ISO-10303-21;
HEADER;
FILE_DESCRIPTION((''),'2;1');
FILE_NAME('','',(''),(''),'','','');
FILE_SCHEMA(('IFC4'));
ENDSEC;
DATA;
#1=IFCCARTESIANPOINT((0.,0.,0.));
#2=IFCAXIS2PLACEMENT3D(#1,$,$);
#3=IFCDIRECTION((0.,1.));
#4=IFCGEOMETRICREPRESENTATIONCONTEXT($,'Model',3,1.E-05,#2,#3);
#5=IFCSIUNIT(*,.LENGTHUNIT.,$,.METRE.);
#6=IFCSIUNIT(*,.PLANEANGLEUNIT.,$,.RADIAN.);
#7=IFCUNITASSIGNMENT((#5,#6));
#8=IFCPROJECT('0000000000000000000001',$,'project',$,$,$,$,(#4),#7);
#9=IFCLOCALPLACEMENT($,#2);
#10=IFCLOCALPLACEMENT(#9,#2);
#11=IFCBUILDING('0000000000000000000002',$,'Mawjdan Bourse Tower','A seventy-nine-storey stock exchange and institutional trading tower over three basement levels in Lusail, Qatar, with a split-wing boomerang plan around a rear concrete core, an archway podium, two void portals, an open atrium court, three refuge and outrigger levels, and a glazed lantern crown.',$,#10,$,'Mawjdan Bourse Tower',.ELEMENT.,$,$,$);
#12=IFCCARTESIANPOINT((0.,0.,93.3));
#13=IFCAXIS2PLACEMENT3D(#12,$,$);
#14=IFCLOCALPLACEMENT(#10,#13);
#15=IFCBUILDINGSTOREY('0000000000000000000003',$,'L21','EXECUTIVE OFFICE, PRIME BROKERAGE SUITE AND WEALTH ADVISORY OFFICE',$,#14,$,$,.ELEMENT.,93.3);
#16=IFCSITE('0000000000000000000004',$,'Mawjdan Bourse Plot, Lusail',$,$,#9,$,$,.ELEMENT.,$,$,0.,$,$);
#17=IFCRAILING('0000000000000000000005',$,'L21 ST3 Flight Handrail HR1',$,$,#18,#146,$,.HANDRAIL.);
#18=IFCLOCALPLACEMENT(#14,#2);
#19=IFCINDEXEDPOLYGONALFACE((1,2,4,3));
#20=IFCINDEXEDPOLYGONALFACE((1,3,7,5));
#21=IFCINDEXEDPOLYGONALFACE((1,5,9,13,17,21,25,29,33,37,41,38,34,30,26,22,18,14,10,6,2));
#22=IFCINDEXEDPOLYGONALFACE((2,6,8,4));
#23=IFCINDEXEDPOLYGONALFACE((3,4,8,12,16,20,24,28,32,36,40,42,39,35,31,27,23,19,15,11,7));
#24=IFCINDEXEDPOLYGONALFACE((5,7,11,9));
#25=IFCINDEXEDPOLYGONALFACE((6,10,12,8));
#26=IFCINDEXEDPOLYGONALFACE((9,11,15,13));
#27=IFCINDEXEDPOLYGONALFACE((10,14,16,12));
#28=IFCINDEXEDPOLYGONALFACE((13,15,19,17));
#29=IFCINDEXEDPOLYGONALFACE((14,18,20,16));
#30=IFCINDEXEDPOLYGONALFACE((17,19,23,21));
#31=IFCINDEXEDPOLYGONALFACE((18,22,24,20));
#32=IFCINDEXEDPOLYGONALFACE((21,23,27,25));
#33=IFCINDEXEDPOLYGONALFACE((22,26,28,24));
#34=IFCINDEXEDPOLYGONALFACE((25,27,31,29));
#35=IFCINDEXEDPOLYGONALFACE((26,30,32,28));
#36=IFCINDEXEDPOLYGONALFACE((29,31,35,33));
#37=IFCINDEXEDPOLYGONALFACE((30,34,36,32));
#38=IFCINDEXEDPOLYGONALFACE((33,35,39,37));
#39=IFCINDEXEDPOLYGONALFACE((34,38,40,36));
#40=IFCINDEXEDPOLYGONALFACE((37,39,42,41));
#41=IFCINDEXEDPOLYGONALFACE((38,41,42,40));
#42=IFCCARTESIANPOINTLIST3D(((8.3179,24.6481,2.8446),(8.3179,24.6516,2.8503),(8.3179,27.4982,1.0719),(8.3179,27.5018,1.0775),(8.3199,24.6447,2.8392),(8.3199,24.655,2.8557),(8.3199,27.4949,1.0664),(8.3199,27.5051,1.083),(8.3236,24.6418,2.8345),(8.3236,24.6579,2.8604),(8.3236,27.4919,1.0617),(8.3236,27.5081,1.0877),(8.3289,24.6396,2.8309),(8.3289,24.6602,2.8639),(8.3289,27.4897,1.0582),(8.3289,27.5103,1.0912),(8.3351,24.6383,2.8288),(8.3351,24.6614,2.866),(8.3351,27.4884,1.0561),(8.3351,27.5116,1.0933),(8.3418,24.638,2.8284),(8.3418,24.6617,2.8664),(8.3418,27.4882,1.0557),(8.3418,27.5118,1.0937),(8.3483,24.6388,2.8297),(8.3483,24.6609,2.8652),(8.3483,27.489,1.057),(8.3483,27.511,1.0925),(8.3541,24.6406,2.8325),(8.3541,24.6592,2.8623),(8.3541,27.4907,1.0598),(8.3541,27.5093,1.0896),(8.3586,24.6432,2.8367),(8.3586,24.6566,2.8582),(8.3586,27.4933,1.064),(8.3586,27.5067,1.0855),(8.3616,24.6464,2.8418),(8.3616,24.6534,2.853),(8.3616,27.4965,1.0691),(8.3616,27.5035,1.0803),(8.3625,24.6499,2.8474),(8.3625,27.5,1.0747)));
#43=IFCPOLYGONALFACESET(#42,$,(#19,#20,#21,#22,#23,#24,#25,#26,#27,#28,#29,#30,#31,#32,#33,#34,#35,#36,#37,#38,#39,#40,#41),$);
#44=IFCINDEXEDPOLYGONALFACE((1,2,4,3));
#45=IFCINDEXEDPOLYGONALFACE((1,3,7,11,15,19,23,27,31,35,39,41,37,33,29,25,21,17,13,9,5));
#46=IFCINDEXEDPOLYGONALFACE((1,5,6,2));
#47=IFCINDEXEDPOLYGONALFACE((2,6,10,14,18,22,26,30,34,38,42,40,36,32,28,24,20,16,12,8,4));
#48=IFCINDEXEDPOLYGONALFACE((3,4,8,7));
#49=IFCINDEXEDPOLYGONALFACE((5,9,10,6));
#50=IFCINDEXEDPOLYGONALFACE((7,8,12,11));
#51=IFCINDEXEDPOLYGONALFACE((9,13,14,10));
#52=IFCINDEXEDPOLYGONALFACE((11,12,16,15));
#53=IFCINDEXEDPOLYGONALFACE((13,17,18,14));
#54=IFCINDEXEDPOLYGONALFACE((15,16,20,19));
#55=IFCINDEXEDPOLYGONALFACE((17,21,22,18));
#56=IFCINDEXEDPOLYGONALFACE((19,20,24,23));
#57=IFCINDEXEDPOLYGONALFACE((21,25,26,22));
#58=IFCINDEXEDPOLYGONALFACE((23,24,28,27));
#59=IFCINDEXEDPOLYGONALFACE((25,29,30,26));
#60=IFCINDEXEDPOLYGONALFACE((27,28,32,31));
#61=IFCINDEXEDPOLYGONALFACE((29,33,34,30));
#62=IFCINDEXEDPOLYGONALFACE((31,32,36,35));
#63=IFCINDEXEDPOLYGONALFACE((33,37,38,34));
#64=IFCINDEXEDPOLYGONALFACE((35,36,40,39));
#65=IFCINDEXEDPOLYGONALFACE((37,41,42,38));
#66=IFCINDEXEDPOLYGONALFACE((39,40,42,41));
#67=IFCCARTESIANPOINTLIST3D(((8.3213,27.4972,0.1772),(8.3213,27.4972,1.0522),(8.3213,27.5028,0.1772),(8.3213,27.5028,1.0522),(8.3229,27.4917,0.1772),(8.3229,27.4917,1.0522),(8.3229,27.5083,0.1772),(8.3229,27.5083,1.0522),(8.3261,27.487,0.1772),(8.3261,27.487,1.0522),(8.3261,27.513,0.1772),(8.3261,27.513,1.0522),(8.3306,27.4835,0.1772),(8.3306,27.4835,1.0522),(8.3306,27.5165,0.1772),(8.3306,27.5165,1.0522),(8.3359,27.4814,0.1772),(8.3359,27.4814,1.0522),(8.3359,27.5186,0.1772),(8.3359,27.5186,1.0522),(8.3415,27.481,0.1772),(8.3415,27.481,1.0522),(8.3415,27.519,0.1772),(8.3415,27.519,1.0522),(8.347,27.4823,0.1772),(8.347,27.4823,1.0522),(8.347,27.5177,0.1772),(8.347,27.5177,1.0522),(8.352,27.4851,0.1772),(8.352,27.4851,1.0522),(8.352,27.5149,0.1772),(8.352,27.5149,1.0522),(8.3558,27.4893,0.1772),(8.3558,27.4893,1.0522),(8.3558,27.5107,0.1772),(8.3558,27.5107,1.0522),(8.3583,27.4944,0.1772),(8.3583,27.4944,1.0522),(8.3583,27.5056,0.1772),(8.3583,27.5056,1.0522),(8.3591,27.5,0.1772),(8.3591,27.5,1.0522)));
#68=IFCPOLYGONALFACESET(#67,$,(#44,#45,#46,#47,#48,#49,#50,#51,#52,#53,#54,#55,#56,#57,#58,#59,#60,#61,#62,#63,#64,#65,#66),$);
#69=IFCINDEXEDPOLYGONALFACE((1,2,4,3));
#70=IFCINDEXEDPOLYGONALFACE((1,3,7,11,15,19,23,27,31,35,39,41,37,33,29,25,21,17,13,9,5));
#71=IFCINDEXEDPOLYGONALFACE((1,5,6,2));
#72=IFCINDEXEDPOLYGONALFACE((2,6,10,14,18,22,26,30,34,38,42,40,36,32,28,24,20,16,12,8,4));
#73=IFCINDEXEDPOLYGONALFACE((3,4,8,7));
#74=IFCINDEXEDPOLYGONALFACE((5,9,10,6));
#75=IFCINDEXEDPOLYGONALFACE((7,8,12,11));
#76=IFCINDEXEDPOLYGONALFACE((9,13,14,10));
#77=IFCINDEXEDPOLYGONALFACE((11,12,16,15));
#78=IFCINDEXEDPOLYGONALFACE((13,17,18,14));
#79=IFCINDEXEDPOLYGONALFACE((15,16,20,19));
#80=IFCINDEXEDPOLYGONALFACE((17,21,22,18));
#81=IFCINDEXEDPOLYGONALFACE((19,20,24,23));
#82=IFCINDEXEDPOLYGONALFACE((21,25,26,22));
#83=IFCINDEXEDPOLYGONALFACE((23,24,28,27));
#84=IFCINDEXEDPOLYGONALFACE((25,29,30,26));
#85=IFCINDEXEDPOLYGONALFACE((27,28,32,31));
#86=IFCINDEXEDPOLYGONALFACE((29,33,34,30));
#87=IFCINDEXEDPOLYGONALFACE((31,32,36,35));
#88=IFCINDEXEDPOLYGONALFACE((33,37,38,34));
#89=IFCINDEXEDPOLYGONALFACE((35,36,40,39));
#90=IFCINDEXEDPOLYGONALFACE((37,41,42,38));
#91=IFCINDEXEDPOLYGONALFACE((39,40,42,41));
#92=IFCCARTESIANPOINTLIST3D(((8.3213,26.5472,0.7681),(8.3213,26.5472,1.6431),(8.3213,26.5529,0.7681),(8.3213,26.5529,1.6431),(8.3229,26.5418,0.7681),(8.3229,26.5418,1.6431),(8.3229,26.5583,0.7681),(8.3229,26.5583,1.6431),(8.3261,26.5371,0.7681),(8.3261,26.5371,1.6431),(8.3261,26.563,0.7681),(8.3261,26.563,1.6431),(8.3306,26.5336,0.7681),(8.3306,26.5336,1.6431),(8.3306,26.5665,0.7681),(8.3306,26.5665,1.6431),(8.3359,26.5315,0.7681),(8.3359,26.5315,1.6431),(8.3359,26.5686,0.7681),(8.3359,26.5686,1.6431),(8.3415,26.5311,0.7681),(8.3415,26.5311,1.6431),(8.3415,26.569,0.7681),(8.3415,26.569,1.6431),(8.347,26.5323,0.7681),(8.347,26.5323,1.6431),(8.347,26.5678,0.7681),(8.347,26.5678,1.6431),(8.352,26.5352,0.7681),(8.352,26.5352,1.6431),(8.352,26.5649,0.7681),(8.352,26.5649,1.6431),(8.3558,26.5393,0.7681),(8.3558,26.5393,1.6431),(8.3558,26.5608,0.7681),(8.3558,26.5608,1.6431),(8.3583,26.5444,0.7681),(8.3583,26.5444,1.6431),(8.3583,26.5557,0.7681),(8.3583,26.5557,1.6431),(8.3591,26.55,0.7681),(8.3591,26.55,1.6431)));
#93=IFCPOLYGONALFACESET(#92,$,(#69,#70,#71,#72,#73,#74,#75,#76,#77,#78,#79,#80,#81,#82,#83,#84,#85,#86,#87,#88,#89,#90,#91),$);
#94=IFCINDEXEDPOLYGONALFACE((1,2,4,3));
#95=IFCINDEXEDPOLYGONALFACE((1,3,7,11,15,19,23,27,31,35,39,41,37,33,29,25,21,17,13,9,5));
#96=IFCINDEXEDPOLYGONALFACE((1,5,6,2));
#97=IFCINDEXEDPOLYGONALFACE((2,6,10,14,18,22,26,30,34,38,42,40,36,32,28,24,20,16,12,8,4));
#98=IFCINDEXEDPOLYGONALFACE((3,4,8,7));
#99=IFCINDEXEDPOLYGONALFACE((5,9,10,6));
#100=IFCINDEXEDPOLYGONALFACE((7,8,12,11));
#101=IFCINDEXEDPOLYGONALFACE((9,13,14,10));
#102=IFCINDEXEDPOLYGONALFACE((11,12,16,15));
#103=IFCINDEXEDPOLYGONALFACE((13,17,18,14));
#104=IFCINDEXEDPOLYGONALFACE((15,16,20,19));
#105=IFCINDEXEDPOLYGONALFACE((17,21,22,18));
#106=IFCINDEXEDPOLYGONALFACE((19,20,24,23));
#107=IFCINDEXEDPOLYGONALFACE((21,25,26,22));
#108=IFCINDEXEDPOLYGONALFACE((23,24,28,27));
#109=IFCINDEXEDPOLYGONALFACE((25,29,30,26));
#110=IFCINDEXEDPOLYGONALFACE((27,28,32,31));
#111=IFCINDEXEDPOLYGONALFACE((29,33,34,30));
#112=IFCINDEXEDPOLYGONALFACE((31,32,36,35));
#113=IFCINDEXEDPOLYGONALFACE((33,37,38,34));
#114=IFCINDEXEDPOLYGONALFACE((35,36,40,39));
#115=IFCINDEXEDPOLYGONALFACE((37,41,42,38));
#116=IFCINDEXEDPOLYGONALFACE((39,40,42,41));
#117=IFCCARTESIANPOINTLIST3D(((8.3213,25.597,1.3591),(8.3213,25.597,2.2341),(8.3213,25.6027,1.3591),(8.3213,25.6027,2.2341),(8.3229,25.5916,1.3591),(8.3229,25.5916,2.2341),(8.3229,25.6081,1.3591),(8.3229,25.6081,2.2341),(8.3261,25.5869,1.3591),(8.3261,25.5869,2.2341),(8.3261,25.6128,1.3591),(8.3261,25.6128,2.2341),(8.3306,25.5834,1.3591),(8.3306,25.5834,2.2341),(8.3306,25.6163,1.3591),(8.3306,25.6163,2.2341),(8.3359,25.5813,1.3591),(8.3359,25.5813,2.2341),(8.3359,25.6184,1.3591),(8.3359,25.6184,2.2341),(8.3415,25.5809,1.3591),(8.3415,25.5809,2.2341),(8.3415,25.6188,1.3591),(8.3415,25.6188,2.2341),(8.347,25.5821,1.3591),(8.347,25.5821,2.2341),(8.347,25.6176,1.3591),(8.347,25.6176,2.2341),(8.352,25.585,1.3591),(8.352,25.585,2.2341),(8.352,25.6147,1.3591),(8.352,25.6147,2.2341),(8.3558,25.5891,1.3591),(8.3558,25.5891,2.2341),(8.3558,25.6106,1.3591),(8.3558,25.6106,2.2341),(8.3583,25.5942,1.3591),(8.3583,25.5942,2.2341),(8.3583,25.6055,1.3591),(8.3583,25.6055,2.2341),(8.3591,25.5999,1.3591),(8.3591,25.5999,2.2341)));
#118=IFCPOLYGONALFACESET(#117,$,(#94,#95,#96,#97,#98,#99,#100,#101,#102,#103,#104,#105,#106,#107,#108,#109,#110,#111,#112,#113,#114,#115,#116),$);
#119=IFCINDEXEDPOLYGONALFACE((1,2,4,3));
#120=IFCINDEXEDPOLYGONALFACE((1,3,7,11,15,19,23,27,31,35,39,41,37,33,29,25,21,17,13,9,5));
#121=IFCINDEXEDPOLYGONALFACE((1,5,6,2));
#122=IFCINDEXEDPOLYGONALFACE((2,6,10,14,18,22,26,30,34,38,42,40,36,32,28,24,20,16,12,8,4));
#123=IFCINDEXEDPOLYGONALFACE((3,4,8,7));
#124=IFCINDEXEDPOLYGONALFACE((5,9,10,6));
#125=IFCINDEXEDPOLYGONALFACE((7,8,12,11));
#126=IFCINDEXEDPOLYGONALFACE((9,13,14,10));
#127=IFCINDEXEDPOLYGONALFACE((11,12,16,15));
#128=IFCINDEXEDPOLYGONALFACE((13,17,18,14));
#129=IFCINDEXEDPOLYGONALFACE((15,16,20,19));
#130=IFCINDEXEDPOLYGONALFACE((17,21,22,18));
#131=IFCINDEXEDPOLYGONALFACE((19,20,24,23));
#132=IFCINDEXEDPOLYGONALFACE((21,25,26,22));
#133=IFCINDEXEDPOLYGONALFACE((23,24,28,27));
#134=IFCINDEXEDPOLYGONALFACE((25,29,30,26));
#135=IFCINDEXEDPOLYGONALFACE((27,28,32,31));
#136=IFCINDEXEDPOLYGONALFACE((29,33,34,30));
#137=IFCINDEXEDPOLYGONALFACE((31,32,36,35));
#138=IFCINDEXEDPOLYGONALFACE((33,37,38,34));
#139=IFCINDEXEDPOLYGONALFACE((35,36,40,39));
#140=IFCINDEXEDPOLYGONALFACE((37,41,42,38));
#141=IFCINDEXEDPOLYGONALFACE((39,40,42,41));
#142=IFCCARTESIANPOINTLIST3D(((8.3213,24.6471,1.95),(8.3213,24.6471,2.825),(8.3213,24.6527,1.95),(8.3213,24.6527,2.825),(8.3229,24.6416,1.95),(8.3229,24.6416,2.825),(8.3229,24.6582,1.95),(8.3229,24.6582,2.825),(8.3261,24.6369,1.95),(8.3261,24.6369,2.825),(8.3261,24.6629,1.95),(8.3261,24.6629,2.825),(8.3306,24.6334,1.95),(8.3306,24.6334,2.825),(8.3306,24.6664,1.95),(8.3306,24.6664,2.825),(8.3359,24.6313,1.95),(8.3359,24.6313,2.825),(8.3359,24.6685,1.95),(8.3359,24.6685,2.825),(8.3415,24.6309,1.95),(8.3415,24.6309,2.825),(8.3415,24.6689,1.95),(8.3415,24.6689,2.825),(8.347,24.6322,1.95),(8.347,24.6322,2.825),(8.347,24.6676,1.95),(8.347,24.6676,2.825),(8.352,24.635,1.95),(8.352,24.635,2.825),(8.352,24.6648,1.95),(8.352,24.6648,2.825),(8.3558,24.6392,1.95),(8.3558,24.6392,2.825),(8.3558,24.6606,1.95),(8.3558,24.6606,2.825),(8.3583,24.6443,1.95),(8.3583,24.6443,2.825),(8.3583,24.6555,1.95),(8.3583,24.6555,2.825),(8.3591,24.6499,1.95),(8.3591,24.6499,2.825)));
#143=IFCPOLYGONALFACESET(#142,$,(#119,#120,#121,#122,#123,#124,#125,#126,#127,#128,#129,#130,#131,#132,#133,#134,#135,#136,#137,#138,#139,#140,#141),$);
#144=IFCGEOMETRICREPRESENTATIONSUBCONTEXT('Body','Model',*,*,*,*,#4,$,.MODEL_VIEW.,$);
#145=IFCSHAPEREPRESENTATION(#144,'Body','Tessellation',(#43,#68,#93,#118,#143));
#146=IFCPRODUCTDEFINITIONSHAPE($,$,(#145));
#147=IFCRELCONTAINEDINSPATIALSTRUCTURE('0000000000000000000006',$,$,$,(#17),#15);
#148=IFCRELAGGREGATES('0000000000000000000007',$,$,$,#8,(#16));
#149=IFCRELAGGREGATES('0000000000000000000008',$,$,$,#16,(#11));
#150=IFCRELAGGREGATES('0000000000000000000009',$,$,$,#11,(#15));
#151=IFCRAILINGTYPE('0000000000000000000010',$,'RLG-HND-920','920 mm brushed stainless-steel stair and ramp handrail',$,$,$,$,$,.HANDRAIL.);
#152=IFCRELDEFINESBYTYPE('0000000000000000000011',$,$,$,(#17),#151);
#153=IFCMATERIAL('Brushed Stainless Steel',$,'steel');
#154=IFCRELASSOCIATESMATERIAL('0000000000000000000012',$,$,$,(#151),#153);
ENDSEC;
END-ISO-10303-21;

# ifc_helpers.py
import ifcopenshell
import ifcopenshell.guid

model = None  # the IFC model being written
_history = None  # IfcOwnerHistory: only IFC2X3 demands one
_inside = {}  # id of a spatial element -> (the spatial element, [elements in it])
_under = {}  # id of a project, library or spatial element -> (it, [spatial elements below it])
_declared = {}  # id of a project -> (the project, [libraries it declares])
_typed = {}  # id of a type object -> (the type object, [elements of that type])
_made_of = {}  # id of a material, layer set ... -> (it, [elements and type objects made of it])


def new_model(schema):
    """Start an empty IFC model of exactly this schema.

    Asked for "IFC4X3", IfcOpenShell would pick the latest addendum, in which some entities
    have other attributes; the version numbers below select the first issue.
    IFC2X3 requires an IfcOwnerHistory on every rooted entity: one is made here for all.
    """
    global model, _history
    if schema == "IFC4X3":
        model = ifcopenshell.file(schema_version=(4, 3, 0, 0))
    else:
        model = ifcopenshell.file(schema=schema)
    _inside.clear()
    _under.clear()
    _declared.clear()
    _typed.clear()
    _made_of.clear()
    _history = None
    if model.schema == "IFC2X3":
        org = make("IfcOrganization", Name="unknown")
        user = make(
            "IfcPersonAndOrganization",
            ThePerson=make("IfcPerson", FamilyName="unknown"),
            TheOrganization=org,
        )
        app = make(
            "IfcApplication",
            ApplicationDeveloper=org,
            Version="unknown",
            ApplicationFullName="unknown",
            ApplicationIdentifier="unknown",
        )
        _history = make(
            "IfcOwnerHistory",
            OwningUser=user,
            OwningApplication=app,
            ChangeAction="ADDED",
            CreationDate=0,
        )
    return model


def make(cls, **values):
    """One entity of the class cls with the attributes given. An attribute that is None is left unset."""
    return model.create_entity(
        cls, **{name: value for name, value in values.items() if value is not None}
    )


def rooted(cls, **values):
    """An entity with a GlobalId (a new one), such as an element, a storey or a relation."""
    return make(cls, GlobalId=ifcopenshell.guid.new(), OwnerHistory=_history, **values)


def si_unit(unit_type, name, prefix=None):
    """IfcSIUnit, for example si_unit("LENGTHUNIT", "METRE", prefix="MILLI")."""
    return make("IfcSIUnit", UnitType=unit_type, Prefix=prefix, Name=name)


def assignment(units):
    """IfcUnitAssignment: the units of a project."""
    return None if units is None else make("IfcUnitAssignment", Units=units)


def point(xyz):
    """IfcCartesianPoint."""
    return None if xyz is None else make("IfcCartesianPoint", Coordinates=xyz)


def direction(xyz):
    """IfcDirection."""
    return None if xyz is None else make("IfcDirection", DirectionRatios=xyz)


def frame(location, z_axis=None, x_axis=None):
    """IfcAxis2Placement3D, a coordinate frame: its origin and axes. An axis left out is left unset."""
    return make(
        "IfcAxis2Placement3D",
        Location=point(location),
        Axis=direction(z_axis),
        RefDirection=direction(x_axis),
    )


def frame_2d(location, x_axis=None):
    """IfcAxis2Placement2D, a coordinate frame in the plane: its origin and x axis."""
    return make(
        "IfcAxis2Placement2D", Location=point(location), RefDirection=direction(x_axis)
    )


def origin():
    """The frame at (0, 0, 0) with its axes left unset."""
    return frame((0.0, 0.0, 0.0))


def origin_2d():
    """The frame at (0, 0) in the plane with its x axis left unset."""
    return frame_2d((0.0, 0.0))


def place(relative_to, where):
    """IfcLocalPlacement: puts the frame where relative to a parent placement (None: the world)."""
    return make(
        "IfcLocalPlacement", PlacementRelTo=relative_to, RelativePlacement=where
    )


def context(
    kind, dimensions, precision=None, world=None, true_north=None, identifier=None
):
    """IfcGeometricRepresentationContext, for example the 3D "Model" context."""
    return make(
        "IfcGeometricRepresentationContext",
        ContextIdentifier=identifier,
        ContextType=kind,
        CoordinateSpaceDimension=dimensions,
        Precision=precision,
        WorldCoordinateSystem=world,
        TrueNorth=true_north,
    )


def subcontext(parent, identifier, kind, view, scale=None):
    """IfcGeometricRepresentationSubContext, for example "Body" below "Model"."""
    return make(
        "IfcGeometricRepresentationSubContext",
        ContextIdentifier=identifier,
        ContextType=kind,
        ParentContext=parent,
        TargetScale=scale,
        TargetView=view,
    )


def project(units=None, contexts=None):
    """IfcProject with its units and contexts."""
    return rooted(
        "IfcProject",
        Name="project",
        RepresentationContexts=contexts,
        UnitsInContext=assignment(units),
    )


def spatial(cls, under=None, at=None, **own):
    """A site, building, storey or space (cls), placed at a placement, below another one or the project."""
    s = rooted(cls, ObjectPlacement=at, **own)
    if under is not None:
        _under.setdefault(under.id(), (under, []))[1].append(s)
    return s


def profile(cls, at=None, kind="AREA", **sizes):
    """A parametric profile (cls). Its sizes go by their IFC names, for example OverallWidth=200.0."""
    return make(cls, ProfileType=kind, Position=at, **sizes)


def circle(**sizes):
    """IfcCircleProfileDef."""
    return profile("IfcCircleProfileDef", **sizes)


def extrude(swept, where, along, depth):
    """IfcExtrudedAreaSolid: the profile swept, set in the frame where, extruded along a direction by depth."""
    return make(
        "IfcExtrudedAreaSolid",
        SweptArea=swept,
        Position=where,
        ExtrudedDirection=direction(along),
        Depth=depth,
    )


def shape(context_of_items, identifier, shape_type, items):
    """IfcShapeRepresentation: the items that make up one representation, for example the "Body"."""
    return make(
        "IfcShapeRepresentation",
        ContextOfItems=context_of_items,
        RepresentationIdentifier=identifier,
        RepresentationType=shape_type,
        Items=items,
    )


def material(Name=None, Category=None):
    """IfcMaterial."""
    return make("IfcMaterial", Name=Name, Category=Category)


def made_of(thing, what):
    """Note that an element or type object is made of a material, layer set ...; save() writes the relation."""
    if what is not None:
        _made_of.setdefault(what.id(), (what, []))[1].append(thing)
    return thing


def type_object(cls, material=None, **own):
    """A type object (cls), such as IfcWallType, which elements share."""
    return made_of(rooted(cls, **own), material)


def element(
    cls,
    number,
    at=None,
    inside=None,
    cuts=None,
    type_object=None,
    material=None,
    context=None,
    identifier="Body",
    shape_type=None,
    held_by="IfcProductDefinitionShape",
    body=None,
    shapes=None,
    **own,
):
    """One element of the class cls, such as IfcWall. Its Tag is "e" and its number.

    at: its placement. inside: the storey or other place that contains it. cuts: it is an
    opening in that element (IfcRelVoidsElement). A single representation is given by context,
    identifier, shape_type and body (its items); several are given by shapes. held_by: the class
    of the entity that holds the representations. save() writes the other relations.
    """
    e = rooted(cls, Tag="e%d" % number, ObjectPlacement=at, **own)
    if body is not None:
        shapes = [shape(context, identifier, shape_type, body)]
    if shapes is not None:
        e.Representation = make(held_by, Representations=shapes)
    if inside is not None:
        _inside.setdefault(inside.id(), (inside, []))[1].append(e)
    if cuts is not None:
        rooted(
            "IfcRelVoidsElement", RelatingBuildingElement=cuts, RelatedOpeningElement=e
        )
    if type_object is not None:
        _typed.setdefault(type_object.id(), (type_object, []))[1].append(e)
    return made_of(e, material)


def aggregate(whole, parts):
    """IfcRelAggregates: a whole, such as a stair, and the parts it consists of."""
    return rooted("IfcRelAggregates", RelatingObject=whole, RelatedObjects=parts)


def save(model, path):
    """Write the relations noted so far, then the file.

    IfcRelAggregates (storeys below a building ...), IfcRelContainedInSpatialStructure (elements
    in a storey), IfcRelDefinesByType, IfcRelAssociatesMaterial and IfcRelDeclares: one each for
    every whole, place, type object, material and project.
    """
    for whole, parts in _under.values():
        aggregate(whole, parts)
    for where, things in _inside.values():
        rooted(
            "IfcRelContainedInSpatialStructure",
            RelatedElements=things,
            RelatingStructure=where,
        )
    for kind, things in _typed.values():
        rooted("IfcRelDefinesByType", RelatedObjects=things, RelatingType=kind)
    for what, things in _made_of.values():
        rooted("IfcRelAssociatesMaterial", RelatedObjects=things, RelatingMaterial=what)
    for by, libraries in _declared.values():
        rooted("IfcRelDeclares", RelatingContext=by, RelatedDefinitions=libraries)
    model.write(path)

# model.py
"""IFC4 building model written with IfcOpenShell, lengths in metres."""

from ifc_helpers import new_model, si_unit, direction, frame, origin, origin_2d, place, context, subcontext, project, spatial, circle, extrude, material, type_object, element, save


model = new_model("IFC4")

# Units and contexts
model_context = context("Model", 3, precision=1e-05, world=origin(), true_north=direction((0.0, 1.0)))
body_context = subcontext(model_context, "Body", "Model", "MODEL_VIEW")
ifc_project = project(units=[si_unit("LENGTHUNIT", "METRE"), si_unit("PLANEANGLEUNIT", "RADIAN")], contexts=[model_context])

# Site, building, storey
site_placement = place(None, origin())
site = spatial("IfcSite", under=ifc_project, at=site_placement, Name="Mawjdan Bourse Plot, Lusail", CompositionType="ELEMENT", RefElevation=0.0)
building_placement = place(site_placement, origin())
building = spatial("IfcBuilding", under=site, at=building_placement, Name="Mawjdan Bourse Tower", Description="A seventy-nine-storey stock exchange and institutional trading tower over three basement levels in Lusail, Qatar, with a split-wing boomerang plan around a rear concrete core, an archway podium, two void portals, an open atrium court, three refuge and outrigger levels, and a glazed lantern crown.", LongName="Mawjdan Bourse Tower", CompositionType="ELEMENT")
storey_placement = place(building_placement, frame((0.0, 0.0, 93.3)))
storey = spatial("IfcBuildingStorey", under=building, at=storey_placement, Name="L21", Description="EXECUTIVE OFFICE, PRIME BROKERAGE SUITE AND WEALTH ADVISORY OFFICE", CompositionType="ELEMENT", Elevation=93.3)

# Railing
ifc_material_1 = material(Name="Brushed Stainless Steel", Category="steel")
railing_type = type_object("IfcRailingType", Name="RLG-HND-920", Description="920 mm brushed stainless-steel stair and ramp handrail", PredefinedType="HANDRAIL", material=ifc_material_1)
railing_placement = place(storey_placement, frame((8.3401, 27.5, 0.1772)))
element("IfcRailing", 1, at=railing_placement, inside=storey, type_object=railing_type, Name="L21 ST3 Flight Handrail HR1", PredefinedType="HANDRAIL", context=body_context, shape_type="SweptSolid", body=[
    extrude(circle(Radius=0.0225, at=origin_2d()), frame((0.0, 0.0, 0.8975), z_axis=(0.0, -0.849149, 0.528154), x_axis=(1.0, 0.0, 0.0)), (0.0, 0.0, 1.0), 3.3564),
    extrude(circle(Radius=0.019, at=origin_2d()), origin(), (0.0, 0.0, 1.0), 0.875),
    extrude(circle(Radius=0.019, at=origin_2d()), frame((0.0, -0.95, 0.5908)), (0.0, 0.0, 1.0), 0.875),
    extrude(circle(Radius=0.019, at=origin_2d()), frame((0.0, -1.9001, 1.1819)), (0.0, 0.0, 1.0), 0.875),
    extrude(circle(Radius=0.019, at=origin_2d()), frame((0.0, -2.8501, 1.7727)), (0.0, 0.0, 1.0), 0.875),
])

save(model, "model.ifc")
